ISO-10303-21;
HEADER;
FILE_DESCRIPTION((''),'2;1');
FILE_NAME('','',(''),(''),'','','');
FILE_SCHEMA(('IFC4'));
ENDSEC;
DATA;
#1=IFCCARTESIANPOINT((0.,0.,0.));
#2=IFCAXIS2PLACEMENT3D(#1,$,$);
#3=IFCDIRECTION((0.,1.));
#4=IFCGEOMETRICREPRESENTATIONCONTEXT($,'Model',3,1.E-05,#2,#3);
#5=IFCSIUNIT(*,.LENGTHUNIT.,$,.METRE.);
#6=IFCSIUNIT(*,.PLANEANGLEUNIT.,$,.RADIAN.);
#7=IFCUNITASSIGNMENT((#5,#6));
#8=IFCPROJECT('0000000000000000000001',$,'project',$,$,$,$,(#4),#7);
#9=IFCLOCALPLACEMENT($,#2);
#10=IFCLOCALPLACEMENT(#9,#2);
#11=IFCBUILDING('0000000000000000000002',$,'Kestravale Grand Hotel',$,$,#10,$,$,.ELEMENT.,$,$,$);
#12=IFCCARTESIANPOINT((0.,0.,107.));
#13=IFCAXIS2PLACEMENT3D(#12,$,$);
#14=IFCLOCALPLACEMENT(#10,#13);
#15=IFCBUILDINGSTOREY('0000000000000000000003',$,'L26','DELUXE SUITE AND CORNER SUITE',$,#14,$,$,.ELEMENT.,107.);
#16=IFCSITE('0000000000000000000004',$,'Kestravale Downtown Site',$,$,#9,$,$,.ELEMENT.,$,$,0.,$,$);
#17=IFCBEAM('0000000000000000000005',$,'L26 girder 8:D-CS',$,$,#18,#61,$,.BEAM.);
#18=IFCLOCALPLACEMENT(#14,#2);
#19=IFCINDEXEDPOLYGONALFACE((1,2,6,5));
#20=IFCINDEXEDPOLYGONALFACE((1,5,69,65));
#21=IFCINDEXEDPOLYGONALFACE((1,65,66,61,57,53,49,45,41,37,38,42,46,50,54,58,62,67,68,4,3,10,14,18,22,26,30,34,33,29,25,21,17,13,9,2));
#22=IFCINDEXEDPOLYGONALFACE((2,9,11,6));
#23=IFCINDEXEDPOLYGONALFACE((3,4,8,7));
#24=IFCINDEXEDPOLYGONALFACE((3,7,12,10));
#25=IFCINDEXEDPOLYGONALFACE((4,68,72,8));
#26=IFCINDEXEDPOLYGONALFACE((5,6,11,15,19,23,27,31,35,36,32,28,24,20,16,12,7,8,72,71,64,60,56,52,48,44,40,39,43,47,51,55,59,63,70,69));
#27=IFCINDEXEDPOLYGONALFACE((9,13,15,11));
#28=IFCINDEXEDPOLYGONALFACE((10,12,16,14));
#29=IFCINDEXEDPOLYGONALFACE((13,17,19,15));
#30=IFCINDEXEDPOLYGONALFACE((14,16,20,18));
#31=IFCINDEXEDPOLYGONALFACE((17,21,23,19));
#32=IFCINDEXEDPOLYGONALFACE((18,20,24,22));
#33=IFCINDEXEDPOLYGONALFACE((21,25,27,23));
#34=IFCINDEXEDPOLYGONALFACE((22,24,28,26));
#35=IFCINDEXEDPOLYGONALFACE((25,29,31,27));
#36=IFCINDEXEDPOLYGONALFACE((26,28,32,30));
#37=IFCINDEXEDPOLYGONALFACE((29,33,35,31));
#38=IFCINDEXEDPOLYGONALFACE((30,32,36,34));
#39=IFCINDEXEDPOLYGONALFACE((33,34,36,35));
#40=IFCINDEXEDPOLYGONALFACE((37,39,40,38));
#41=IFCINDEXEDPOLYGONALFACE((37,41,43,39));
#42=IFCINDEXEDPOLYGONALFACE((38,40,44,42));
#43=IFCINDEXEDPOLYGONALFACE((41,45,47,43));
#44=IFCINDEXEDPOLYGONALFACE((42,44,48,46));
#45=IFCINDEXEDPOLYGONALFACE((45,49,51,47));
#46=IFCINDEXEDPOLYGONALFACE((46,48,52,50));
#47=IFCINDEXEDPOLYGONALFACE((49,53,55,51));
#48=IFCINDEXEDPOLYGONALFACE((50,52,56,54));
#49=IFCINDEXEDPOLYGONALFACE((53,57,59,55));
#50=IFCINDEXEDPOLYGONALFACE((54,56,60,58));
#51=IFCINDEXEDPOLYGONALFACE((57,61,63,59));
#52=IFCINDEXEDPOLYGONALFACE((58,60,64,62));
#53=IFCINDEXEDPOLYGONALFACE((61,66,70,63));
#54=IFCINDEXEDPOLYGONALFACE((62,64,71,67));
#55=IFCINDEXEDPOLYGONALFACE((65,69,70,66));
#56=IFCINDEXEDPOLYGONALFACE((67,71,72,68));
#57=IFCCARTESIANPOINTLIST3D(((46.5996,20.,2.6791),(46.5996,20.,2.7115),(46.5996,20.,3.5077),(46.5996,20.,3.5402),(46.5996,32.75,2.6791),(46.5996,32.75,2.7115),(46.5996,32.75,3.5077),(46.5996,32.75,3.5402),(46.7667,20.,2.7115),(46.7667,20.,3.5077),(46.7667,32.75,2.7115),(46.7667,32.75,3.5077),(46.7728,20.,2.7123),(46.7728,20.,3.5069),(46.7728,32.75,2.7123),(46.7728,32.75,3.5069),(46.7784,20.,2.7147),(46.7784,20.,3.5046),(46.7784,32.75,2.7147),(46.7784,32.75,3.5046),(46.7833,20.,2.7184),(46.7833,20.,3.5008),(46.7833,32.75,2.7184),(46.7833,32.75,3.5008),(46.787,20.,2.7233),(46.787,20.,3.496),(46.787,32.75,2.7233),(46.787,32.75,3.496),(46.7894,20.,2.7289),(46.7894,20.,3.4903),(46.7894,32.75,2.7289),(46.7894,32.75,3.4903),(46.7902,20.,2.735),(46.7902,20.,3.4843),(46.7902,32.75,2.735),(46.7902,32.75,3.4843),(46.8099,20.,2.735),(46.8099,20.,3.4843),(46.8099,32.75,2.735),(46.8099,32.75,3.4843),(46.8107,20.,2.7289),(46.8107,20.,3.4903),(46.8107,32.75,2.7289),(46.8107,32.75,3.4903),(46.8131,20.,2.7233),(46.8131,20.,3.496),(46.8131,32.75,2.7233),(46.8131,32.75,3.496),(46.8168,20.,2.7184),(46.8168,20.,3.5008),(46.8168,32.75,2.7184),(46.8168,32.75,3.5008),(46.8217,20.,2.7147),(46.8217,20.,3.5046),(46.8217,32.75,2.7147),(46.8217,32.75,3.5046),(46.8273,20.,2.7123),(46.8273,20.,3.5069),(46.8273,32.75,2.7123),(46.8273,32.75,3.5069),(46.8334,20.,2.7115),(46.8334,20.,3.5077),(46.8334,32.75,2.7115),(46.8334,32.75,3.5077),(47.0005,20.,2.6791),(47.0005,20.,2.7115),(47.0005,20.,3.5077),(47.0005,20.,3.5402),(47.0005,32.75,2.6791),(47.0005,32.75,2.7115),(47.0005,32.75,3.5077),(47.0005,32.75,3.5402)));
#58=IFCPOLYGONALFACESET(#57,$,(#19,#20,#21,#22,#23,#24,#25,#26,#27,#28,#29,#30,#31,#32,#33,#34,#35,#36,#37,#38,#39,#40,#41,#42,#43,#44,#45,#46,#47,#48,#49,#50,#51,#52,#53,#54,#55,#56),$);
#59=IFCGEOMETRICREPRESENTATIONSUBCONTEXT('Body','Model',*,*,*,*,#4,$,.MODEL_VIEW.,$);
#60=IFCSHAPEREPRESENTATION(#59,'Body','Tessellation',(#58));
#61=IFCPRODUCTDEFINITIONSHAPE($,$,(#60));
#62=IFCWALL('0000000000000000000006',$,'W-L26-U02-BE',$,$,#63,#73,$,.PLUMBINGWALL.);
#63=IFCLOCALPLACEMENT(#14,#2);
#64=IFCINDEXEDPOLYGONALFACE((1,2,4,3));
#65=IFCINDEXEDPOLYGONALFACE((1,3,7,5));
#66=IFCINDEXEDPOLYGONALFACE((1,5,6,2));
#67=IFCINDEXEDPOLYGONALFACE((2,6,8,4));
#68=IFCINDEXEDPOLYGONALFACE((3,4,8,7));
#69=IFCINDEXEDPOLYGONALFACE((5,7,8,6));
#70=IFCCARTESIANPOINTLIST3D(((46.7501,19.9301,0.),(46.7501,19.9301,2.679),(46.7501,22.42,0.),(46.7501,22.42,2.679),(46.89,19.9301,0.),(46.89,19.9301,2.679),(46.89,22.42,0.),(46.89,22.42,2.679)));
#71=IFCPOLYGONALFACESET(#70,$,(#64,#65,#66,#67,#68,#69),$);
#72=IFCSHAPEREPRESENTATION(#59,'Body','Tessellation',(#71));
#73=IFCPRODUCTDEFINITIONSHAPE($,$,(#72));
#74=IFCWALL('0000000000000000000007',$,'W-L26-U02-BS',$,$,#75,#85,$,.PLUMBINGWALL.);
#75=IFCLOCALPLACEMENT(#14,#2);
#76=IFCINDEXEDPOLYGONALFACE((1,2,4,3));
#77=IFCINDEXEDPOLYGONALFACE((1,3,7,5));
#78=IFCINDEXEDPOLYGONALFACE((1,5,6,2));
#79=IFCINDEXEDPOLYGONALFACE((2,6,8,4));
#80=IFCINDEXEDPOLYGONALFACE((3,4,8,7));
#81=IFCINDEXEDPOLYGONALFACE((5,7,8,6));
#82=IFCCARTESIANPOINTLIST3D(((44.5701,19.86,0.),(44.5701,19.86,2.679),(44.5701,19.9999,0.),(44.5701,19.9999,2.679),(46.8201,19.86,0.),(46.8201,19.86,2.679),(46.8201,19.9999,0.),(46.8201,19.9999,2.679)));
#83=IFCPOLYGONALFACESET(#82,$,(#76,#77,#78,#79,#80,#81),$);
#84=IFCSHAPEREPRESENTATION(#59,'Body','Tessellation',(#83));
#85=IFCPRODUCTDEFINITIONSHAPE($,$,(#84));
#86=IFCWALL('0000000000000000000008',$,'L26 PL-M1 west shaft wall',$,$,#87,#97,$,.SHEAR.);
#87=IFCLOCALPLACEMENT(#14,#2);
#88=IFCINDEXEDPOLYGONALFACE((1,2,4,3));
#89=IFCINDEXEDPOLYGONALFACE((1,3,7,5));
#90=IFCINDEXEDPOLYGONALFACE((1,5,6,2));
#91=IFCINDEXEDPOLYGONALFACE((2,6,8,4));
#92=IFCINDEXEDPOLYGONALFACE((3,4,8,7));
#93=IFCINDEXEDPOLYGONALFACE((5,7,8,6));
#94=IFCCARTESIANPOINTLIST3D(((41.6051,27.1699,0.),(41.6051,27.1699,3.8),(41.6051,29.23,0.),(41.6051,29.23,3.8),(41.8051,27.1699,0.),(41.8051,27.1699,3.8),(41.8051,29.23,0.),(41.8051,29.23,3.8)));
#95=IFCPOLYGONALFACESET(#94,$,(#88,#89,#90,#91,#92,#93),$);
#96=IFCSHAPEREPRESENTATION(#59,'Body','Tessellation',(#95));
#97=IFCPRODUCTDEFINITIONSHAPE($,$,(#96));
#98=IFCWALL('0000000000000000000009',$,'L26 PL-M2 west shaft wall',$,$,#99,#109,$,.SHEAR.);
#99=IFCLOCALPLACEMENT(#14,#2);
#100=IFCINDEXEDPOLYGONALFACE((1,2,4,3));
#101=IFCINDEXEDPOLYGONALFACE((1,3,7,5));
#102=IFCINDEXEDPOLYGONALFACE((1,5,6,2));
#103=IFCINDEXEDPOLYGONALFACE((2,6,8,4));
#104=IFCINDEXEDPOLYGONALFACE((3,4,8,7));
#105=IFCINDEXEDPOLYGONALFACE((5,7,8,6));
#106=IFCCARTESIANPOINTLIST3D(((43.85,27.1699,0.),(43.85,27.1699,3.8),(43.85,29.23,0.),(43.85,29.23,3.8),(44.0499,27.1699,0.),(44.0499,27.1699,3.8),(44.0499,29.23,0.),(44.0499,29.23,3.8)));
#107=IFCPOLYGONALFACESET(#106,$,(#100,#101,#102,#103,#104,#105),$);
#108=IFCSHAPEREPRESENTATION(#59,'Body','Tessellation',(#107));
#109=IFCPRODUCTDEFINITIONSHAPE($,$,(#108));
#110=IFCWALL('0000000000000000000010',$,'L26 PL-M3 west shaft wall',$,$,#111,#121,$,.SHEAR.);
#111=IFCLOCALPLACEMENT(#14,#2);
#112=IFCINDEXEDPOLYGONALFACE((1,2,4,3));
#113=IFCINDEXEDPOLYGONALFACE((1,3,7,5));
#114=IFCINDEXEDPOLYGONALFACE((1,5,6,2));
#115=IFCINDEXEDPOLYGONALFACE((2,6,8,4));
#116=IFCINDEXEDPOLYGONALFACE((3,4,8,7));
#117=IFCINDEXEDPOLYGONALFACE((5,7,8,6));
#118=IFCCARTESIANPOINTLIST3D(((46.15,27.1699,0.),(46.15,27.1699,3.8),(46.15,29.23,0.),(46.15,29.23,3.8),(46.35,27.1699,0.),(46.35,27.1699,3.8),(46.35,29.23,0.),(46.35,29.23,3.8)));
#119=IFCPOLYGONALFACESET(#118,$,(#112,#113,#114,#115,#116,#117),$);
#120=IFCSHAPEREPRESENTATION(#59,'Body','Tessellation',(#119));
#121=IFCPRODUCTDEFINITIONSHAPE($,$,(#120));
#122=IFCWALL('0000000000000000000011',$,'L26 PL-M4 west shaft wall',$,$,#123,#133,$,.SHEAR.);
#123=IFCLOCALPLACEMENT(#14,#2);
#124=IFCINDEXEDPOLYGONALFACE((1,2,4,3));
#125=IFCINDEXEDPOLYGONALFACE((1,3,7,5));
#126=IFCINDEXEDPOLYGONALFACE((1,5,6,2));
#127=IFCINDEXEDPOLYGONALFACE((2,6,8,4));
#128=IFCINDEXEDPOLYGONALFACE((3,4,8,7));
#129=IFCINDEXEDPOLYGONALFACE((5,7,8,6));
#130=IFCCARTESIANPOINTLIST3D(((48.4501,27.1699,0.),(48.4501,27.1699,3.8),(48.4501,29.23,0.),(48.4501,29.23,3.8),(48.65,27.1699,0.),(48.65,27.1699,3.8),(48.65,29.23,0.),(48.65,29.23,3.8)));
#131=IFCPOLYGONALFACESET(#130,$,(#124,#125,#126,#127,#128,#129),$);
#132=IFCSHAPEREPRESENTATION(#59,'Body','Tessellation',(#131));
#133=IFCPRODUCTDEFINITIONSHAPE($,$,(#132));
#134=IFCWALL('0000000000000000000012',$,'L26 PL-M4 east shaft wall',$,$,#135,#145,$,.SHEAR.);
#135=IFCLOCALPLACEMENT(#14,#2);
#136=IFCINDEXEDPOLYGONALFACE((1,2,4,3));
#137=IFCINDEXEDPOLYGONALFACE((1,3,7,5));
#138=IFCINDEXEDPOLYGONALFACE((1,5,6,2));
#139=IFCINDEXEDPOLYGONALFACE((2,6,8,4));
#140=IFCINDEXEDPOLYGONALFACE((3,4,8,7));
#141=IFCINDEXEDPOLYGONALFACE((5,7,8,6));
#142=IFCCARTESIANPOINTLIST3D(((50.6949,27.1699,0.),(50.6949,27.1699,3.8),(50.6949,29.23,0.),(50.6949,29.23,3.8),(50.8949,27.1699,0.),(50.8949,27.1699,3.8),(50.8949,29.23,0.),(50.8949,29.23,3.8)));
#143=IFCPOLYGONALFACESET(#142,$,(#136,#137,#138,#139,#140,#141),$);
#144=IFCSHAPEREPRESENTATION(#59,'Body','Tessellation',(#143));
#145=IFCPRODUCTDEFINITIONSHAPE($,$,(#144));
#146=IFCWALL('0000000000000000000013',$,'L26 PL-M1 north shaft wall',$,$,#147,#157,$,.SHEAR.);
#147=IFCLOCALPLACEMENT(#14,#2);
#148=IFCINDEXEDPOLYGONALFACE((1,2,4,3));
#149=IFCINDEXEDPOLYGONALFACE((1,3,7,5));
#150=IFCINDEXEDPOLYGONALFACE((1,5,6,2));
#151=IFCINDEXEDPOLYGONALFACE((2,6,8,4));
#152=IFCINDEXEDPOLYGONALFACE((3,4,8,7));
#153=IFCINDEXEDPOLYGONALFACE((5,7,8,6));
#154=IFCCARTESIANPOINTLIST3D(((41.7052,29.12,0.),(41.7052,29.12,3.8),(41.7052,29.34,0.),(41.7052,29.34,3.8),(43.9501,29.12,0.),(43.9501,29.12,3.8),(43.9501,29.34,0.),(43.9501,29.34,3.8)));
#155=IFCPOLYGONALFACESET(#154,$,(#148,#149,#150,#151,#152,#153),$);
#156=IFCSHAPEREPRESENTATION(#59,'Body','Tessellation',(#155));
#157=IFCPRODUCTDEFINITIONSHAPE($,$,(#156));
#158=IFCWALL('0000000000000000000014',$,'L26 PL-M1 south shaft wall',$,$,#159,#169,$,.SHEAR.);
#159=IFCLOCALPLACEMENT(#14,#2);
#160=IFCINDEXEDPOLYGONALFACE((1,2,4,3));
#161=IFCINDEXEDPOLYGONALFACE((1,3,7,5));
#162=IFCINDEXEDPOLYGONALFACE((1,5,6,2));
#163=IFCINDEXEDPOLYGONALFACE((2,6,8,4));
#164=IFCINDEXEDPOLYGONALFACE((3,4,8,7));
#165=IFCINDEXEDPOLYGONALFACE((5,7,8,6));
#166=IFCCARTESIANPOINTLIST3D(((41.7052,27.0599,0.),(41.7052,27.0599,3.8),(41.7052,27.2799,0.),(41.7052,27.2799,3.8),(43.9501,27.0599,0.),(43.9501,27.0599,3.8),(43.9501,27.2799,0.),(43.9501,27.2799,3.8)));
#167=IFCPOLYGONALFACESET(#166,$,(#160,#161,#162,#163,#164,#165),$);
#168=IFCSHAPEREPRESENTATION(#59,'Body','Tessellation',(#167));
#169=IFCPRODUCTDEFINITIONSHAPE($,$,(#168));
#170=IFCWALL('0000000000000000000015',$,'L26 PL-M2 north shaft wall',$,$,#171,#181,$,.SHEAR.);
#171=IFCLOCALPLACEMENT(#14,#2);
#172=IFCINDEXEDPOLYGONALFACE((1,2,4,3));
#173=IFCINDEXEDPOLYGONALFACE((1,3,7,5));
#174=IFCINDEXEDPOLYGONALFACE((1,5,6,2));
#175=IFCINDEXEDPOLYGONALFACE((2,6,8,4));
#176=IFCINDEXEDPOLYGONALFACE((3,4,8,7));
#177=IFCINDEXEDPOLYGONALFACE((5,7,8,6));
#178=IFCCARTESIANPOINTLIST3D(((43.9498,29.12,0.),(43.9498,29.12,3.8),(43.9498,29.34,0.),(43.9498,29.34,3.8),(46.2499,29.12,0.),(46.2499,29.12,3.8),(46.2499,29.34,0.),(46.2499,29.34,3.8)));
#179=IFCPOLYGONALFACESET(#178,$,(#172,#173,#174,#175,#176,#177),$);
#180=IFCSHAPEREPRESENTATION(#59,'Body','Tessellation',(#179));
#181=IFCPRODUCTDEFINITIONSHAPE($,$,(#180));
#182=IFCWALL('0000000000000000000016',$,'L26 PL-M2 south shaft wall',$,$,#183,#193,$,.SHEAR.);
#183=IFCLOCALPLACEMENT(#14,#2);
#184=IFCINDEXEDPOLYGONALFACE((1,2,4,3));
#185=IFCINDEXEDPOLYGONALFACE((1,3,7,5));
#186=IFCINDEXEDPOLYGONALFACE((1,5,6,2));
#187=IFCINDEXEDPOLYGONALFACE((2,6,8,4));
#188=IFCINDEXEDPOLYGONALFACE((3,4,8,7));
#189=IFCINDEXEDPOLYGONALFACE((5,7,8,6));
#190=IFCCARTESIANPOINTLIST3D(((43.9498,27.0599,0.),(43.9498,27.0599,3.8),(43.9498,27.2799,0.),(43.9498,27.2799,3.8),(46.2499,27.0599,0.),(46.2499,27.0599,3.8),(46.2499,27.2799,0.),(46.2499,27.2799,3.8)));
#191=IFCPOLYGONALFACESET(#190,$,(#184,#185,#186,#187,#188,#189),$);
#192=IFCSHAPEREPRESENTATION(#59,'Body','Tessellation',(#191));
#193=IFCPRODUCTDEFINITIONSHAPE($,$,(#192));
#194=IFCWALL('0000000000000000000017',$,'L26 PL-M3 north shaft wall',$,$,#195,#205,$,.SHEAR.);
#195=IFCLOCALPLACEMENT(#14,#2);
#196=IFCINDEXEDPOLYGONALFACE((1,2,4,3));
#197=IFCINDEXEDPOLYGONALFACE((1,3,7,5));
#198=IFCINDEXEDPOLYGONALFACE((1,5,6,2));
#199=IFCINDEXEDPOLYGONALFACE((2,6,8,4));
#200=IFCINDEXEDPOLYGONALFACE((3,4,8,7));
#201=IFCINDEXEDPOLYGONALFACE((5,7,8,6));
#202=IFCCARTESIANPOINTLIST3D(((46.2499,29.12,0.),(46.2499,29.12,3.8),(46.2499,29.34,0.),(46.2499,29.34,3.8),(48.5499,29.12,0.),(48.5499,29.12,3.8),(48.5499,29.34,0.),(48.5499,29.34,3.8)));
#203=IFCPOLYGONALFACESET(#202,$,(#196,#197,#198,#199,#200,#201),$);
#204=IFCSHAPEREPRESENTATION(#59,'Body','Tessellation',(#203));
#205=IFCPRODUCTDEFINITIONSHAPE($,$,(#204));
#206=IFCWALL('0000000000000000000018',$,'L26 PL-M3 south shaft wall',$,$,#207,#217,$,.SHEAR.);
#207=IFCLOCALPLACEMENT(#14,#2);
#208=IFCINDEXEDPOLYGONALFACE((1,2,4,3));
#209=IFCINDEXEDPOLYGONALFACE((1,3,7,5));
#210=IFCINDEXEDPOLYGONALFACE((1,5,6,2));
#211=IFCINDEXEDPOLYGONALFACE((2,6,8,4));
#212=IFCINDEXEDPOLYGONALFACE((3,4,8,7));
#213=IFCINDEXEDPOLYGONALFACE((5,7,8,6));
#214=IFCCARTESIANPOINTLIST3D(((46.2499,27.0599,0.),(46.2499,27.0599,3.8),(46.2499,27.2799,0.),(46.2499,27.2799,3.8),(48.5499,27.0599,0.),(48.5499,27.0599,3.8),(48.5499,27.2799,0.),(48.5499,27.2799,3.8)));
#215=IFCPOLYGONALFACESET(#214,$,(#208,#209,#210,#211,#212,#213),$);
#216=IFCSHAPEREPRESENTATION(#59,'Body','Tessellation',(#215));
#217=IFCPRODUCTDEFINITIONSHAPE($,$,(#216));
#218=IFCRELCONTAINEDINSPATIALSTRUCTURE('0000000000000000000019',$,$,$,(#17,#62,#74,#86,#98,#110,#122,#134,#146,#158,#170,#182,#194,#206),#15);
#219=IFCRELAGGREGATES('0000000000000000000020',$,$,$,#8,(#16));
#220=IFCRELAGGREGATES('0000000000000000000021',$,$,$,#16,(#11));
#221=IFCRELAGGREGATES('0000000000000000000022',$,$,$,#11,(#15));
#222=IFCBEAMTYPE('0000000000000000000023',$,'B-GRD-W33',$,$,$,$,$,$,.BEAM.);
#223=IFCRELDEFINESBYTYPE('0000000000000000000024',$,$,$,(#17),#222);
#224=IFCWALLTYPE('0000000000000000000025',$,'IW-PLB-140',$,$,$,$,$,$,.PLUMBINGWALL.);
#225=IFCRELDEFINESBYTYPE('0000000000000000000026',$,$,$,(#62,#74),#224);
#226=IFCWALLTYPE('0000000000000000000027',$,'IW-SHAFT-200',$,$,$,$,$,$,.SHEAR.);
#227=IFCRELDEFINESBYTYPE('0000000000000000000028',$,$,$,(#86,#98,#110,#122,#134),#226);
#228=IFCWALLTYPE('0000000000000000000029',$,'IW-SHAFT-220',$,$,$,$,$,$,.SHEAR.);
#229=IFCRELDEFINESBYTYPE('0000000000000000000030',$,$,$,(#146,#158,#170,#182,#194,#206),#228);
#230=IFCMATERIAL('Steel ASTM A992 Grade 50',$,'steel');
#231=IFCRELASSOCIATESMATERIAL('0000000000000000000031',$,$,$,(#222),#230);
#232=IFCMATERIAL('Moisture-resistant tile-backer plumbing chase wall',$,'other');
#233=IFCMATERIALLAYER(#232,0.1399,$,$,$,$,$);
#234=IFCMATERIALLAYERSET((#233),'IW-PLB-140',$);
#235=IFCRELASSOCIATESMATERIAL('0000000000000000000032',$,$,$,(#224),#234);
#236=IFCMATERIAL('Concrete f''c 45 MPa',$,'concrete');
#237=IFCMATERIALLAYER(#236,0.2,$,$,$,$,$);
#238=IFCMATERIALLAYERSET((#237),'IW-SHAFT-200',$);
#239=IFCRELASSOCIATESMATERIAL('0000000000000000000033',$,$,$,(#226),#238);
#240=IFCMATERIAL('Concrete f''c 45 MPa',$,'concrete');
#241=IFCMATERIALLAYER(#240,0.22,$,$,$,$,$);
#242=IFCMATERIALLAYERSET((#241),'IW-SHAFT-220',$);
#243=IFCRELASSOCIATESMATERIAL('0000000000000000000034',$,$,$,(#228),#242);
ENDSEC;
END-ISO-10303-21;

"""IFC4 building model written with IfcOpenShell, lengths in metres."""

from ifc_helpers import new_model, si_unit, direction, frame, frame_2d, origin, origin_2d, place, context, subcontext, project, spatial, rectangle, i_section, extrude, material, layer, layer_set, material_profile, profile_set, type_object, element, save


model = new_model("IFC4")

# Units and contexts
model_context = context("Model", 3, precision=1e-05, world=origin(), true_north=direction((0.0, 1.0)))
body_context = subcontext(model_context, "Body", "Model", "MODEL_VIEW")
ifc_project = project(units=[si_unit("LENGTHUNIT", "METRE"), si_unit("PLANEANGLEUNIT", "RADIAN")], contexts=[model_context])

# Site, building, storey
site_placement = place(None, origin())
site = spatial("IfcSite", under=ifc_project, at=site_placement, Name="Kestravale Downtown Site", CompositionType="ELEMENT", RefElevation=0.0)
building_placement = place(site_placement, origin())
building = spatial("IfcBuilding", under=site, at=building_placement, Name="Kestravale Grand Hotel", CompositionType="ELEMENT")
storey_placement = place(building_placement, frame((0.0, 0.0, 107.0)))
storey = spatial("IfcBuildingStorey", under=building, at=storey_placement, Name="L26", Description="DELUXE SUITE AND CORNER SUITE", CompositionType="ELEMENT", Elevation=107.0)

# Beam
ifc_material_1 = material(Name="Steel ASTM A992 Grade 50", Category="steel")
ifc_material_profile_1 = material_profile(ifc_material_1, i_section(OverallWidth=0.4009, OverallDepth=0.8611, WebThickness=0.0198, FlangeThickness=0.0325, FilletRadius=0.0234, at=origin_2d()))
ifc_profile_set_1 = profile_set([ifc_material_profile_1], Name="Steel ASTM A992 Grade 50")
beam_type = type_object("IfcBeamType", Name="B-GRD-W33", PredefinedType="BEAM", material=ifc_profile_set_1)
beam_1_placement = place(storey_placement, frame((46.8, 20.0, 3.1096), z_axis=(0.0, 1.0, 0.0), x_axis=(-1.0, 0.0, 0.0)))
element("IfcBeam", 1, at=beam_1_placement, inside=storey, type_object=beam_type, Name="L26 girder 8:D-CS", PredefinedType="BEAM", context=body_context, shape_type="SweptSolid", body=[
    extrude(i_section(OverallWidth=0.4009, OverallDepth=0.8611, WebThickness=0.0198, FlangeThickness=0.0325, FilletRadius=0.0234, at=origin_2d()), origin(), (0.0, 0.0, 1.0), 12.75),
])

# Walls
ifc_material_2 = material(Name="Moisture-resistant tile-backer plumbing chase wall", Category="other")
ifc_layer_1 = layer(ifc_material_2, 0.1399)
ifc_layer_set_1 = layer_set([ifc_layer_1], Name="IW-PLB-140")
wall_type_1 = type_object("IfcWallType", Name="IW-PLB-140", PredefinedType="PLUMBINGWALL", material=ifc_layer_set_1)
wall_1_placement = place(storey_placement, frame((46.8201, 19.9299, 0.0), z_axis=(0.0, 0.0, 1.0), x_axis=(0.0, 1.0, 0.0)))
element("IfcWall", 2, at=wall_1_placement, inside=storey, type_object=wall_type_1, Name="W-L26-U02-BE", PredefinedType="PLUMBINGWALL", context=body_context, shape_type="SweptSolid", body=[
    extrude(rectangle(XDim=2.49, YDim=0.1399, at=frame_2d((1.2451, 0.0))), origin(), (0.0, 0.0, 1.0), 2.679),
])
wall_2_placement = place(storey_placement, frame((44.5701, 19.9299, 0.0), z_axis=(0.0, 0.0, 1.0), x_axis=(1.0, 0.0, 0.0)))
element("IfcWall", 3, at=wall_2_placement, inside=storey, type_object=wall_type_1, Name="W-L26-U02-BS", PredefinedType="PLUMBINGWALL", context=body_context, shape_type="SweptSolid", body=[
    extrude(rectangle(XDim=2.25, YDim=0.1399, at=frame_2d((1.125, 0.0))), origin(), (0.0, 0.0, 1.0), 2.679),
])
ifc_material_3 = material(Name="Concrete f'c 45 MPa", Category="concrete")
ifc_layer_2 = layer(ifc_material_3, 0.2)
ifc_layer_set_2 = layer_set([ifc_layer_2], Name="IW-SHAFT-200")
wall_type_2 = type_object("IfcWallType", Name="IW-SHAFT-200", PredefinedType="SHEAR", material=ifc_layer_set_2)
for number, where, z_axis, x_axis, name in (
    (4, (41.7051, 27.1699, 0.0), (0.0, 0.0, 1.0), (0.0, 1.0, 0.0), "L26 PL-M1 west shaft wall"),
    (5, (43.95, 27.1699, 0.0), (0.0, 0.0, 1.0), (0.0, 1.0, 0.0), "L26 PL-M2 west shaft wall"),
    (6, (46.25, 27.1699, 0.0), (0.0, 0.0, 1.0), (0.0, 1.0, 0.0), "L26 PL-M3 west shaft wall"),
    (7, (48.55, 27.1699, 0.0), (0.0, 0.0, 1.0), (0.0, 1.0, 0.0), "L26 PL-M4 west shaft wall"),
    (8, (50.7949, 27.1699, 0.0), (0.0, 0.0, 1.0), (0.0, 1.0, 0.0), "L26 PL-M4 east shaft wall"),
):
    element("IfcWall", number, at=place(storey_placement, frame(where, z_axis=z_axis, x_axis=x_axis)), inside=storey, type_object=wall_type_2, Name=name, PredefinedType="SHEAR", context=body_context, shape_type="SweptSolid", body=[
        extrude(rectangle(XDim=2.0601, YDim=0.2, at=frame_2d((1.03, 0.0))), origin(), (0.0, 0.0, 1.0), 3.8),
    ])
ifc_material_4 = material(Name="Concrete f'c 45 MPa", Category="concrete")
ifc_layer_3 = layer(ifc_material_4, 0.22)
ifc_layer_set_3 = layer_set([ifc_layer_3], Name="IW-SHAFT-220")
wall_type_3 = type_object("IfcWallType", Name="IW-SHAFT-220", PredefinedType="SHEAR", material=ifc_layer_set_3)
for number, where, z_axis, x_axis, name in (
    (9, (41.7051, 29.23, 0.0), (0.0, 0.0, 1.0), (1.0, 0.0, 0.0), "L26 PL-M1 north shaft wall"),
    (10, (41.7051, 27.1699, 0.0), (0.0, 0.0, 1.0), (1.0, 0.0, 0.0), "L26 PL-M1 south shaft wall"),
):
    element("IfcWall", number, at=place(storey_placement, frame(where, z_axis=z_axis, x_axis=x_axis)), inside=storey, type_object=wall_type_3, Name=name, PredefinedType="SHEAR", context=body_context, shape_type="SweptSolid", body=[
        extrude(rectangle(XDim=2.2449, YDim=0.22, at=frame_2d((1.1226, 0.0))), origin(), (0.0, 0.0, 1.0), 3.8),
    ])
for number, where, z_axis, x_axis, name in (
    (11, (43.95, 29.23, 0.0), (0.0, 0.0, 1.0), (1.0, 0.0, 0.0), "L26 PL-M2 north shaft wall"),
    (12, (43.95, 27.1699, 0.0), (0.0, 0.0, 1.0), (1.0, 0.0, 0.0), "L26 PL-M2 south shaft wall"),
    (13, (46.25, 29.23, 0.0), (0.0, 0.0, 1.0), (1.0, 0.0, 0.0), "L26 PL-M3 north shaft wall"),
    (14, (46.25, 27.1699, 0.0), (0.0, 0.0, 1.0), (1.0, 0.0, 0.0), "L26 PL-M3 south shaft wall"),
):
    element("IfcWall", number, at=place(storey_placement, frame(where, z_axis=z_axis, x_axis=x_axis)), inside=storey, type_object=wall_type_3, Name=name, PredefinedType="SHEAR", context=body_context, shape_type="SweptSolid", body=[
        extrude(rectangle(XDim=2.3, YDim=0.22, at=frame_2d((1.1499, 0.0))), origin(), (0.0, 0.0, 1.0), 3.8),
    ])

save(model, "model.ifc")
